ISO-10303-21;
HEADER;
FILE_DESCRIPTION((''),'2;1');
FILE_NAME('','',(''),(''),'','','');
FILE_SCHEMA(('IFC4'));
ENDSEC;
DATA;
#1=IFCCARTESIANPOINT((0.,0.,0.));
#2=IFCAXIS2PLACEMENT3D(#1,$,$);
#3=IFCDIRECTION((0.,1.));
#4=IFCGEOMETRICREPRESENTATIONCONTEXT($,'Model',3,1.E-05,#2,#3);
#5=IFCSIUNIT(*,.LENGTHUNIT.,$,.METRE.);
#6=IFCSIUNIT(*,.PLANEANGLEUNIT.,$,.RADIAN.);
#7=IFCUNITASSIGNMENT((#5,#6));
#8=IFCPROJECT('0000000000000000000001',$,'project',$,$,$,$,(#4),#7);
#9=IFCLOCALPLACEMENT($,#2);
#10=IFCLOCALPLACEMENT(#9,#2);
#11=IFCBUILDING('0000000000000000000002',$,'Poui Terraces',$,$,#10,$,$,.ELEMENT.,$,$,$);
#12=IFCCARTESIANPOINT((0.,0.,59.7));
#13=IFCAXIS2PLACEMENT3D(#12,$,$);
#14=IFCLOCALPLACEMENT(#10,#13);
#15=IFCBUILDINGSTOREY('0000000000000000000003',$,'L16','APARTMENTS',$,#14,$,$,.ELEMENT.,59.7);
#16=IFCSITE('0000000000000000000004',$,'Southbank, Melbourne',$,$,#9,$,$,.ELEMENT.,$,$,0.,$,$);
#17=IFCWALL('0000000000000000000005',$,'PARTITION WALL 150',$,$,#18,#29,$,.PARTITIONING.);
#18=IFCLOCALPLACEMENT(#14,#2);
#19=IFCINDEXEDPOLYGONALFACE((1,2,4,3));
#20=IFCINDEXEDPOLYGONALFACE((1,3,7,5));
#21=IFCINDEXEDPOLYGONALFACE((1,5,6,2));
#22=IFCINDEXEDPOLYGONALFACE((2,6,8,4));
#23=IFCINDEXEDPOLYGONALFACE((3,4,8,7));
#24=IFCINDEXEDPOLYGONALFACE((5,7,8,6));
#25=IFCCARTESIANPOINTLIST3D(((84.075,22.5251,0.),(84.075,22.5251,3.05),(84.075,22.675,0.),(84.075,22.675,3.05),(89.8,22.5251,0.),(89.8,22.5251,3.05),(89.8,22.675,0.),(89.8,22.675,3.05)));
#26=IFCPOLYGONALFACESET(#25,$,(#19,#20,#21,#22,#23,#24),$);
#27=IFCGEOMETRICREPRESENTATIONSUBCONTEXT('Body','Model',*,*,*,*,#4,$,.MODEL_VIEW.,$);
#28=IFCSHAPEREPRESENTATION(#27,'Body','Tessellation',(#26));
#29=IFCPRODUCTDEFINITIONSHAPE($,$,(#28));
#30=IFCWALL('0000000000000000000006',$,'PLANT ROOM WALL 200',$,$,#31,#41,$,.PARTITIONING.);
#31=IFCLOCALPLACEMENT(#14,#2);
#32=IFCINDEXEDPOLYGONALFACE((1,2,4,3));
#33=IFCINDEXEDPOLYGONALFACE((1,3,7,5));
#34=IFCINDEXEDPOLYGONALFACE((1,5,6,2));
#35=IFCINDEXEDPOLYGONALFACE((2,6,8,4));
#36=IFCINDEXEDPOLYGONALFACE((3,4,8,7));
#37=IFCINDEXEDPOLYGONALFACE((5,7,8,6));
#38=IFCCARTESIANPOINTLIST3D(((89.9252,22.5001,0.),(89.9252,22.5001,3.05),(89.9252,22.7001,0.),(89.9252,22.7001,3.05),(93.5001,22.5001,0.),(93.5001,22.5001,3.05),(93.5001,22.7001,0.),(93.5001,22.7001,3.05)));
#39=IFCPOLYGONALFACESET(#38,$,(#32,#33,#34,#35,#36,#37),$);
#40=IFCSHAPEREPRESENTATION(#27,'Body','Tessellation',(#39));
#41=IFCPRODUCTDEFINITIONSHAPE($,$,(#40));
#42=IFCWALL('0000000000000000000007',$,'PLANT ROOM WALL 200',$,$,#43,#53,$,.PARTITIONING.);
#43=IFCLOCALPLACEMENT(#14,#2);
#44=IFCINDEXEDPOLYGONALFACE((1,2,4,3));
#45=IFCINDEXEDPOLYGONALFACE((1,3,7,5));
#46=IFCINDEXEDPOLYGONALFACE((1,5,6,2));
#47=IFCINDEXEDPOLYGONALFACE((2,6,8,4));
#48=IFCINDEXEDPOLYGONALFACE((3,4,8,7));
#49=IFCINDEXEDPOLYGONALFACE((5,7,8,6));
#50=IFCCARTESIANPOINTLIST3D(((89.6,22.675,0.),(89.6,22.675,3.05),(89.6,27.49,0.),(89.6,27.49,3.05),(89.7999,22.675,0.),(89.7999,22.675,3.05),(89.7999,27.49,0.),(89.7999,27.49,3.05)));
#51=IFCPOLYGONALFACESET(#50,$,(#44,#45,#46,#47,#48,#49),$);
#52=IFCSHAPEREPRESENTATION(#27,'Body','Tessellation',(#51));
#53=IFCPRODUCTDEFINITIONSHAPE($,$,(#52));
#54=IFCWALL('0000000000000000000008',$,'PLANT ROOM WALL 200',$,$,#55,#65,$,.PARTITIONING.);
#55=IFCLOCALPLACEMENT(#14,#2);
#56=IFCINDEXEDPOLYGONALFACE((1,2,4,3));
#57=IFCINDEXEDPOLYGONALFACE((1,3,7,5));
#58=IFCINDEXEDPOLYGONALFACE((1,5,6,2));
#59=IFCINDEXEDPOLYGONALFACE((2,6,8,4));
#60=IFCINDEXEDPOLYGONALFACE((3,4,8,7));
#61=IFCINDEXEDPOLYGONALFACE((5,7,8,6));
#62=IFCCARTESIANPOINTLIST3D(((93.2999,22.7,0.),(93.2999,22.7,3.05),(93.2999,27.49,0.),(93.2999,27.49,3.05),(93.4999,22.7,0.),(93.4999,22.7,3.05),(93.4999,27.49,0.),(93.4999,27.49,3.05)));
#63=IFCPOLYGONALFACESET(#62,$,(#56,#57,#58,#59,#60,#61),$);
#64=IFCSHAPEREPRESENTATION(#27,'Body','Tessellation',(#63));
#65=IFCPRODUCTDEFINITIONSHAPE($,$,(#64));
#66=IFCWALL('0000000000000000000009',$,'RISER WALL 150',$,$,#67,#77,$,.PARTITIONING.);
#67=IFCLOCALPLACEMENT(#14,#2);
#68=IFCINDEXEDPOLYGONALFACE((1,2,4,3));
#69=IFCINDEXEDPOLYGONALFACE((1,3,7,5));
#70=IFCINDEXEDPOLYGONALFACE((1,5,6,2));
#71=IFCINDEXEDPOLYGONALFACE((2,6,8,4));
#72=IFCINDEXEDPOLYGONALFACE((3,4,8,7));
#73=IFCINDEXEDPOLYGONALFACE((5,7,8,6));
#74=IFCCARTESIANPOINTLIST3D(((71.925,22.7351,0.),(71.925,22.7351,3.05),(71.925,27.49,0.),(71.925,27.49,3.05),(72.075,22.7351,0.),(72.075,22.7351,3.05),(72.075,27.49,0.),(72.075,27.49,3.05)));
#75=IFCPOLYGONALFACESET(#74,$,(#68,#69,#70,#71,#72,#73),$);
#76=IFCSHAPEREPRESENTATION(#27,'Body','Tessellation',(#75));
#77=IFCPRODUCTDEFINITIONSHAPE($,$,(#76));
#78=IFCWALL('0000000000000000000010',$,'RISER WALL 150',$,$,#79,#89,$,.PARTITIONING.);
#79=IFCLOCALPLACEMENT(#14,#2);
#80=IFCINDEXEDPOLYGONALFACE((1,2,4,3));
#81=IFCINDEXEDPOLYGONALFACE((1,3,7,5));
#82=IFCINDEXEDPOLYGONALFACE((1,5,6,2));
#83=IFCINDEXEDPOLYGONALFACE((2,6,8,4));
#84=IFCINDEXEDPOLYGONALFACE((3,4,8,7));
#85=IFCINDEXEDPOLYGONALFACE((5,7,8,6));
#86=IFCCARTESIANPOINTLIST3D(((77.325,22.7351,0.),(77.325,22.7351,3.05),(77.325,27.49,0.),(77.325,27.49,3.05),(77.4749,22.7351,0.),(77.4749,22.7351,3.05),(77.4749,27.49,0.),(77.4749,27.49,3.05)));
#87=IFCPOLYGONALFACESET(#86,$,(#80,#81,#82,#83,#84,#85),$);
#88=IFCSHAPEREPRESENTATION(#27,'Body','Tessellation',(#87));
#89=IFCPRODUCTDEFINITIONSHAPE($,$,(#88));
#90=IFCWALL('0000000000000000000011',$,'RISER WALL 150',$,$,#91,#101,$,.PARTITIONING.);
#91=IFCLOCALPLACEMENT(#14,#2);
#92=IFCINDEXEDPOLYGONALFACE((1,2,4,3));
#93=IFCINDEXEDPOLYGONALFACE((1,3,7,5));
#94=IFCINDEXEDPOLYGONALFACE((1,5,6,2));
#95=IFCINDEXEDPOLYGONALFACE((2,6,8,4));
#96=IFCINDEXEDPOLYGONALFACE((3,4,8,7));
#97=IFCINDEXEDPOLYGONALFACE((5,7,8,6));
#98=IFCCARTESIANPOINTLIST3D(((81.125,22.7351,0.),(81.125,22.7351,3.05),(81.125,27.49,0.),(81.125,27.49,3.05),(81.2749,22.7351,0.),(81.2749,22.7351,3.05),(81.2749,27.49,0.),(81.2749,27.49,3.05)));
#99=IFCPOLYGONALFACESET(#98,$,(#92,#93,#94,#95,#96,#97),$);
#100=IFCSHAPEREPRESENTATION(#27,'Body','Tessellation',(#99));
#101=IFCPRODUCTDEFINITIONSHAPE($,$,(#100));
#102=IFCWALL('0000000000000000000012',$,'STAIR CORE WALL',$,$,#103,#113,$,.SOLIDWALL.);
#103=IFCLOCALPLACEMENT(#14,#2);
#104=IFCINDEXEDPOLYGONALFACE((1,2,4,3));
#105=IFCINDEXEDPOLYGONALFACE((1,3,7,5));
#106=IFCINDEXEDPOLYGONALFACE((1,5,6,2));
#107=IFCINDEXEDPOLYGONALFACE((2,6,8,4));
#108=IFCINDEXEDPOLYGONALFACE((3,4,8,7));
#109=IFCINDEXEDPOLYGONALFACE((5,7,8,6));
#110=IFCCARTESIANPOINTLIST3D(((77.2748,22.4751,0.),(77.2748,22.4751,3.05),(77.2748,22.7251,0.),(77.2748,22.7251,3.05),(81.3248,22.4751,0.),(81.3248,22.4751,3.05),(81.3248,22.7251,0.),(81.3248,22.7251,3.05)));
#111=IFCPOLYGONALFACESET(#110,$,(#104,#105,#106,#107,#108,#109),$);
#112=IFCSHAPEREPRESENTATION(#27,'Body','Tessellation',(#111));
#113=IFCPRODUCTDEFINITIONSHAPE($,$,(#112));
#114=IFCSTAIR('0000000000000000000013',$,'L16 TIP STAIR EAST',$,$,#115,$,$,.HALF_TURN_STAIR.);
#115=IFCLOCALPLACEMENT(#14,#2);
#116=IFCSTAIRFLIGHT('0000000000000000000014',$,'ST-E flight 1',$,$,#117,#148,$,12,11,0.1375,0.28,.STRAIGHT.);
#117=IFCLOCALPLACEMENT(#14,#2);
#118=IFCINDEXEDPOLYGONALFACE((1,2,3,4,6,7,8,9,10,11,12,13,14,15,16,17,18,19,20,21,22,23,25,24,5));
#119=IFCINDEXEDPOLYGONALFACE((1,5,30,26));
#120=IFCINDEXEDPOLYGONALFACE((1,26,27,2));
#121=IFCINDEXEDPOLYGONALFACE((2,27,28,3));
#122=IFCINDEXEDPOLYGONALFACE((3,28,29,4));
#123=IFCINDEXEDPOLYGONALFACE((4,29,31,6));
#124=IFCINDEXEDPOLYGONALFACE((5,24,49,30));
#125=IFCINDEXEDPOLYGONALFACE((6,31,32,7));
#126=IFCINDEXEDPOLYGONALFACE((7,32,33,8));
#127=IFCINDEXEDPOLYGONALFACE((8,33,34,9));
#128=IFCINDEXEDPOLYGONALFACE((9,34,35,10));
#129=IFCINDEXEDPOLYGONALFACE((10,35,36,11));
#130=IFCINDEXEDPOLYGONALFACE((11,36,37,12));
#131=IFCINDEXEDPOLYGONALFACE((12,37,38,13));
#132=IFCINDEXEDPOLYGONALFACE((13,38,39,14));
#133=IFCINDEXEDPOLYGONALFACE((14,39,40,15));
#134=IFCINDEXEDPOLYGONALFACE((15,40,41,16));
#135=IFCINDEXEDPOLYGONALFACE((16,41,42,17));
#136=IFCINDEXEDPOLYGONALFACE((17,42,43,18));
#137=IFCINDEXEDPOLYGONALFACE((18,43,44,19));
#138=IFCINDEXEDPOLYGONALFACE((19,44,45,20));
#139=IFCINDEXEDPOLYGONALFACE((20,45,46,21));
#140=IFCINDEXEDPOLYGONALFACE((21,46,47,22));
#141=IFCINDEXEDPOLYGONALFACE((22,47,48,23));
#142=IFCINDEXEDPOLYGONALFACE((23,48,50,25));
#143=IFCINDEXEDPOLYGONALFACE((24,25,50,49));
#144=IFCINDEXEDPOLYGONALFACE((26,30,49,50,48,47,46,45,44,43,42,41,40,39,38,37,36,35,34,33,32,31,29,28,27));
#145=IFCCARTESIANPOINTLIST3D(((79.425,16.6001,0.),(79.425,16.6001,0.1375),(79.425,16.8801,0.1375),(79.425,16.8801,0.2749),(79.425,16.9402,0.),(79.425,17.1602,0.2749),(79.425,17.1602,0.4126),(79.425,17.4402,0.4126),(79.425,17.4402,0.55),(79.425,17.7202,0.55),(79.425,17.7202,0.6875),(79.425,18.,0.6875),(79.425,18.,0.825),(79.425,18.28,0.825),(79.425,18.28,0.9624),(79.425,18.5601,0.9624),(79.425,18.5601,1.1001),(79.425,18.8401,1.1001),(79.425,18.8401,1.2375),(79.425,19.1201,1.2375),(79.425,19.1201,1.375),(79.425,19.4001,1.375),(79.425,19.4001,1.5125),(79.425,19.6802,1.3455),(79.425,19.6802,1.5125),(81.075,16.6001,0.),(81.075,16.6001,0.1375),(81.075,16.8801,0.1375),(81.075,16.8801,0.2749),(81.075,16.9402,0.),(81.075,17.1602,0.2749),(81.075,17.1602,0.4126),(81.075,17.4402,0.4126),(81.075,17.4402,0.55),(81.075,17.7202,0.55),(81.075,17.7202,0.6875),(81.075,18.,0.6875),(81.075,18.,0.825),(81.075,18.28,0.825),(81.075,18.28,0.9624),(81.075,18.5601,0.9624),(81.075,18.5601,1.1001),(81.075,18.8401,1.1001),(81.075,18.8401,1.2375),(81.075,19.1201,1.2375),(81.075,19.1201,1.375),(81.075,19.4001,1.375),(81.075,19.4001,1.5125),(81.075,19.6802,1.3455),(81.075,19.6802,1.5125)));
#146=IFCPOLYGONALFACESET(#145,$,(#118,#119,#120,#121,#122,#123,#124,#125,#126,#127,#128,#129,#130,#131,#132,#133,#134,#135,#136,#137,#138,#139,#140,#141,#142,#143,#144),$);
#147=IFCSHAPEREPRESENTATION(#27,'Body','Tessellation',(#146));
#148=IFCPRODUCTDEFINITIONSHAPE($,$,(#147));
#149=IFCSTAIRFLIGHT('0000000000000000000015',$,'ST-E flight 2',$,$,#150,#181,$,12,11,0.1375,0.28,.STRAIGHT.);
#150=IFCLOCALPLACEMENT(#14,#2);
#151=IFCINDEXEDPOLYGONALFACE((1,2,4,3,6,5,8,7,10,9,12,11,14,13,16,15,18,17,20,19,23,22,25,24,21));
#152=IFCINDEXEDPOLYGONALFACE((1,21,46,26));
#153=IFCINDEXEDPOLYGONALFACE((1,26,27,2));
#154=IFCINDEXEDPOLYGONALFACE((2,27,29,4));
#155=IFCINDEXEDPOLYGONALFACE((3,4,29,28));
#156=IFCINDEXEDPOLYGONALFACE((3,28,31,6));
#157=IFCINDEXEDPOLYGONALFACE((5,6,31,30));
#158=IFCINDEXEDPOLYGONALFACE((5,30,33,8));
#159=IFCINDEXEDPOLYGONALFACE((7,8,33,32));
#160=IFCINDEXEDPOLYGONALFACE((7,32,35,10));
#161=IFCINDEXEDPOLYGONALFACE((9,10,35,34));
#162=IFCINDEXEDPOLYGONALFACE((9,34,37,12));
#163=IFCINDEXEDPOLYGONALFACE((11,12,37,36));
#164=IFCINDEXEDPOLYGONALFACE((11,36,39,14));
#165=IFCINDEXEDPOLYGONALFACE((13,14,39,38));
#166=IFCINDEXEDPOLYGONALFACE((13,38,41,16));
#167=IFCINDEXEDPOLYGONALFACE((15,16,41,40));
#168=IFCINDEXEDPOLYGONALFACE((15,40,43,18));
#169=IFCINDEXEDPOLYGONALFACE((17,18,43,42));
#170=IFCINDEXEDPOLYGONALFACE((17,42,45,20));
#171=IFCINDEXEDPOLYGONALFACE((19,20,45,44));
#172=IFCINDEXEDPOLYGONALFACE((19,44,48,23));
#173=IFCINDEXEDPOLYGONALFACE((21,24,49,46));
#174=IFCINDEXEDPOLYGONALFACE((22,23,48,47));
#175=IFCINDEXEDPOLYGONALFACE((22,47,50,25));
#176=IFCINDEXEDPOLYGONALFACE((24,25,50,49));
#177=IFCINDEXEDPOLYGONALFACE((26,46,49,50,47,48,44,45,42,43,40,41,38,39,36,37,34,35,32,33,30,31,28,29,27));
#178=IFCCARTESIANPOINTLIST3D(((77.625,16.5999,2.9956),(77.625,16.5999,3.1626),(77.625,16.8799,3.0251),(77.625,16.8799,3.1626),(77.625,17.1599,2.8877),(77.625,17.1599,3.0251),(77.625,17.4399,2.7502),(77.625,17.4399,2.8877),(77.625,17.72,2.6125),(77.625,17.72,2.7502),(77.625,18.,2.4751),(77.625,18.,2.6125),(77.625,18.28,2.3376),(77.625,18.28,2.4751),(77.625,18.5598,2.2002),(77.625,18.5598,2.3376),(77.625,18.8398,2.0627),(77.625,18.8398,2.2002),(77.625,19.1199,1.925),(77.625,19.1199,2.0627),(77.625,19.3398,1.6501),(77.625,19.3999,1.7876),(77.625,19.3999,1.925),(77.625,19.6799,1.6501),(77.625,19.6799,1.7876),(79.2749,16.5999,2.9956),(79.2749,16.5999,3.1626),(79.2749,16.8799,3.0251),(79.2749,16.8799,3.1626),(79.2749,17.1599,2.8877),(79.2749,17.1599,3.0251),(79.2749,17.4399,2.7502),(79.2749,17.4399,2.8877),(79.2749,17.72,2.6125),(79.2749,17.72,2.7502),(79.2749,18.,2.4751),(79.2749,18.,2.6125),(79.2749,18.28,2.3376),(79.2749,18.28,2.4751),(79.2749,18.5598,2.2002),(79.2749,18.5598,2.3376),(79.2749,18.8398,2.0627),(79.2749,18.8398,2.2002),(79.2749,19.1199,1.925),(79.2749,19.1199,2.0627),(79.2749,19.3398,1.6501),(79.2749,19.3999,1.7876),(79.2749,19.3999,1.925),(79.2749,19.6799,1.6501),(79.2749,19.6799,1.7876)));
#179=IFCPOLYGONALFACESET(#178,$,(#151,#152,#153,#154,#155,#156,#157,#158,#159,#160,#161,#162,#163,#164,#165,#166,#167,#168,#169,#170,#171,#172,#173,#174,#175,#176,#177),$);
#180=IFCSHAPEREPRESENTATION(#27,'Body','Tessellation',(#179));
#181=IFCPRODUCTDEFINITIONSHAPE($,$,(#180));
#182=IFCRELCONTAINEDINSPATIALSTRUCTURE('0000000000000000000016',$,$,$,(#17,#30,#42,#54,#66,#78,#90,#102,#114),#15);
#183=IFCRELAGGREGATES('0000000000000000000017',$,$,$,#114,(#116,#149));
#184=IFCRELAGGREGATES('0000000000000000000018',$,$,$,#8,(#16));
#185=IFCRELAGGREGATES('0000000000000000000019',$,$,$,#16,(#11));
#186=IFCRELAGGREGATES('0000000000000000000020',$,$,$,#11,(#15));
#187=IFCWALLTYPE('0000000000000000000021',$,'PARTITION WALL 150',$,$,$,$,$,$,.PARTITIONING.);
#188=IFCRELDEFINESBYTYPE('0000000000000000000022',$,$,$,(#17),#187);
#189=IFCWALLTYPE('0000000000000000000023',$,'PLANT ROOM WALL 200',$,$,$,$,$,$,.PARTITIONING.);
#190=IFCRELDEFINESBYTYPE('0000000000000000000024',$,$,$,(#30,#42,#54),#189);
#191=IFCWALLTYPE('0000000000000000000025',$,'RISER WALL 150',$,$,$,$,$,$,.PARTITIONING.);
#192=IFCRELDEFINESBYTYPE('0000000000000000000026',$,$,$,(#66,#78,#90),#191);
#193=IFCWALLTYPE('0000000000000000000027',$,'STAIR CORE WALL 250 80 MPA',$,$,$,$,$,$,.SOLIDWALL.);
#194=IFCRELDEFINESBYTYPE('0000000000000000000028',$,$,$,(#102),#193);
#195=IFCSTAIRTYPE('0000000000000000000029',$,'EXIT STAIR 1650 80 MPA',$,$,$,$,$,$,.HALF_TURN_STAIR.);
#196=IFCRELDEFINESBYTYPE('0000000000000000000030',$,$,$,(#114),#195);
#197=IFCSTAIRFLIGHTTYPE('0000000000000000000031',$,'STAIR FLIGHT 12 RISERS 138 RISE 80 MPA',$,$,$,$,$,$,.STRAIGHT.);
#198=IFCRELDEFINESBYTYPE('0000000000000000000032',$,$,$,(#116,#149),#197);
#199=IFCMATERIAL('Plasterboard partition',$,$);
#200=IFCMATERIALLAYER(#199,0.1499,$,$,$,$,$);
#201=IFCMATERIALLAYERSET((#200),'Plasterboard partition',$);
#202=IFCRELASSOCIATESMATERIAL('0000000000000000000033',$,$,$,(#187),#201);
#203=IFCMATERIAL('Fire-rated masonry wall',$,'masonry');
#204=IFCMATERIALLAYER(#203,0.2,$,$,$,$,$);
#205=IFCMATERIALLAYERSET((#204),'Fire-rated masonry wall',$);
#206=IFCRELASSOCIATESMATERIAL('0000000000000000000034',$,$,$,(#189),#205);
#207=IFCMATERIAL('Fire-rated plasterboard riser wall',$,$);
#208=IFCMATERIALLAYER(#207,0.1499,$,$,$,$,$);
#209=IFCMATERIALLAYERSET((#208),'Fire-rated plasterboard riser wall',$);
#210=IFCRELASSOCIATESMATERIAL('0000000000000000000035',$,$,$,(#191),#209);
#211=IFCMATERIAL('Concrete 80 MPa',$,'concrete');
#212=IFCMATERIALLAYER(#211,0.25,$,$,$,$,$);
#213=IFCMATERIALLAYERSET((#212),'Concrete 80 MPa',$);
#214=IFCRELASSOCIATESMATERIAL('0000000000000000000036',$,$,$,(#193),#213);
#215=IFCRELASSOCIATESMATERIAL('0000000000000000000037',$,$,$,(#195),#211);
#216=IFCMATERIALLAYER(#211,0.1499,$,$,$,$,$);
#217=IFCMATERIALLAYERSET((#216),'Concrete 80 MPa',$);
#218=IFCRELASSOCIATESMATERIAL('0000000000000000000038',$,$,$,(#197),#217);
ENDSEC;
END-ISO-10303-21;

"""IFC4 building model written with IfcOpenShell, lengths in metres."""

from ifc_helpers import new_model, si_unit, direction, frame, frame_2d, origin, place, context, subcontext, project, spatial, polyline, rectangle, outline, extrude, material, layer, layer_set, type_object, element, aggregate, save


model = new_model("IFC4")

# Units and contexts
model_context = context("Model", 3, precision=1e-05, world=origin(), true_north=direction((0.0, 1.0)))
body_context = subcontext(model_context, "Body", "Model", "MODEL_VIEW")
ifc_project = project(units=[si_unit("LENGTHUNIT", "METRE"), si_unit("PLANEANGLEUNIT", "RADIAN")], contexts=[model_context])

# Site, building, storey
site_placement = place(None, origin())
site = spatial("IfcSite", under=ifc_project, at=site_placement, Name="Southbank, Melbourne", CompositionType="ELEMENT", RefElevation=0.0)
building_placement = place(site_placement, origin())
building = spatial("IfcBuilding", under=site, at=building_placement, Name="Poui Terraces", CompositionType="ELEMENT")
storey_placement = place(building_placement, frame((0.0, 0.0, 59.7)))
storey = spatial("IfcBuildingStorey", under=building, at=storey_placement, Name="L16", Description="APARTMENTS", CompositionType="ELEMENT", Elevation=59.7)

# Shared definitions
ifc_material_1 = material(Name="Concrete 80 MPa", Category="concrete")

# Walls
ifc_material_2 = material(Name="Plasterboard partition")
ifc_layer_1 = layer(ifc_material_2, 0.1499)
ifc_layer_set_1 = layer_set([ifc_layer_1], Name="Plasterboard partition")
wall_type_1 = type_object("IfcWallType", Name="PARTITION WALL 150", PredefinedType="PARTITIONING", material=ifc_layer_set_1)
wall_1_placement = place(storey_placement, frame((84.075, 22.6001, 0.0), z_axis=(0.0, 0.0, 1.0), x_axis=(1.0, 0.0, 0.0)))
element("IfcWall", 1, at=wall_1_placement, inside=storey, type_object=wall_type_1, Name="PARTITION WALL 150", PredefinedType="PARTITIONING", context=body_context, shape_type="SweptSolid", body=[
    extrude(rectangle(XDim=5.7251, YDim=0.1499, at=frame_2d((2.8625, 0.0))), origin(), (0.0, 0.0, 1.0), 3.05),
])
ifc_material_3 = material(Name="Fire-rated masonry wall", Category="masonry")
ifc_layer_2 = layer(ifc_material_3, 0.2)
ifc_layer_set_2 = layer_set([ifc_layer_2], Name="Fire-rated masonry wall")
wall_type_2 = type_object("IfcWallType", Name="PLANT ROOM WALL 200", PredefinedType="PARTITIONING", material=ifc_layer_set_2)
wall_2_placement = place(storey_placement, frame((89.925, 22.6001, 0.0), z_axis=(0.0, 0.0, 1.0), x_axis=(1.0, 0.0, 0.0)))
element("IfcWall", 2, at=wall_2_placement, inside=storey, type_object=wall_type_2, Name="PLANT ROOM WALL 200", PredefinedType="PARTITIONING", context=body_context, shape_type="SweptSolid", body=[
    extrude(rectangle(XDim=3.575, YDim=0.2, at=frame_2d((1.7876, 0.0))), origin(), (0.0, 0.0, 1.0), 3.05),
])
wall_3_placement = place(storey_placement, frame((89.7, 22.675, 0.0), z_axis=(0.0, 0.0, 1.0), x_axis=(0.0, 1.0, 0.0)))
element("IfcWall", 3, at=wall_3_placement, inside=storey, type_object=wall_type_2, Name="PLANT ROOM WALL 200", PredefinedType="PARTITIONING", context=body_context, shape_type="SweptSolid", body=[
    extrude(rectangle(XDim=4.8149, YDim=0.2, at=frame_2d((2.4075, 0.0))), origin(), (0.0, 0.0, 1.0), 3.05),
])
wall_4_placement = place(storey_placement, frame((93.3999, 22.7, 0.0), z_axis=(0.0, 0.0, 1.0), x_axis=(0.0, 1.0, 0.0)))
element("IfcWall", 4, at=wall_4_placement, inside=storey, type_object=wall_type_2, Name="PLANT ROOM WALL 200", PredefinedType="PARTITIONING", context=body_context, shape_type="SweptSolid", body=[
    extrude(rectangle(XDim=4.79, YDim=0.2, at=frame_2d((2.395, 0.0))), origin(), (0.0, 0.0, 1.0), 3.05),
])
ifc_material_4 = material(Name="Fire-rated plasterboard riser wall")
ifc_layer_3 = layer(ifc_material_4, 0.1499)
ifc_layer_set_3 = layer_set([ifc_layer_3], Name="Fire-rated plasterboard riser wall")
wall_type_3 = type_object("IfcWallType", Name="RISER WALL 150", PredefinedType="PARTITIONING", material=ifc_layer_set_3)
for number, where, z_axis, x_axis, name in (
    (5, (72.0, 22.7351, 0.0), (0.0, 0.0, 1.0), (0.0, 1.0, 0.0), "RISER WALL 150"),
    (6, (77.3999, 22.7351, 0.0), (0.0, 0.0, 1.0), (0.0, 1.0, 0.0), "RISER WALL 150"),
    (7, (81.2, 22.7351, 0.0), (0.0, 0.0, 1.0), (0.0, 1.0, 0.0), "RISER WALL 150"),
):
    element("IfcWall", number, at=place(storey_placement, frame(where, z_axis=z_axis, x_axis=x_axis)), inside=storey, type_object=wall_type_3, Name=name, PredefinedType="PARTITIONING", context=body_context, shape_type="SweptSolid", body=[
        extrude(rectangle(XDim=4.7549, YDim=0.1499, at=frame_2d((2.3774, 0.0))), origin(), (0.0, 0.0, 1.0), 3.05),
    ])
ifc_layer_4 = layer(ifc_material_1, 0.25)
ifc_layer_set_4 = layer_set([ifc_layer_4], Name="Concrete 80 MPa")
wall_type_4 = type_object("IfcWallType", Name="STAIR CORE WALL 250 80 MPA", PredefinedType="SOLIDWALL", material=ifc_layer_set_4)
wall_5_placement = place(storey_placement, frame((77.2749, 22.6001, 0.0), z_axis=(0.0, 0.0, 1.0), x_axis=(1.0, 0.0, 0.0)))
element("IfcWall", 8, at=wall_5_placement, inside=storey, type_object=wall_type_4, Name="STAIR CORE WALL", PredefinedType="SOLIDWALL", context=body_context, shape_type="SweptSolid", body=[
    extrude(rectangle(XDim=4.05, YDim=0.25, at=frame_2d((2.0249, 0.0))), origin(), (0.0, 0.0, 1.0), 3.05),
])

# Stair, stair flights
stair_type = type_object("IfcStairType", Name="EXIT STAIR 1650 80 MPA", PredefinedType="HALF_TURN_STAIR", material=ifc_material_1)
stair_placement = place(storey_placement, origin())
stair = element("IfcStair", 9, at=stair_placement, inside=storey, type_object=stair_type, Name="L16 TIP STAIR EAST", PredefinedType="HALF_TURN_STAIR")
ifc_layer_5 = layer(ifc_material_1, 0.1499)
ifc_layer_set_5 = layer_set([ifc_layer_5], Name="Concrete 80 MPa")
stair_flight_type = type_object("IfcStairFlightType", Name="STAIR FLIGHT 12 RISERS 138 RISE 80 MPA", PredefinedType="STRAIGHT", material=ifc_layer_set_5)
stair_flight_1_placement = place(storey_placement, frame((80.25, 16.6001, 0.0), z_axis=(0.0, 0.0, 1.0), x_axis=(0.0, 1.0, 0.0)))
stair_flight_1 = element("IfcStairFlight", 10, at=stair_flight_1_placement, type_object=stair_flight_type, Name="ST-E flight 1", NumberOfRisers=12, NumberOfTreads=11, PredefinedType="STRAIGHT", RiserHeight=0.1375, TreadLength=0.28, context=body_context, shape_type="SweptSolid", body=[
    extrude(outline(polyline([(0.0, 0.0), (0.0, 0.1375), (0.28, 0.1375), (0.28, 0.2749), (0.5601, 0.2749), (0.5601, 0.4126), (0.8401, 0.4126), (0.8401, 0.55), (1.1201, 0.55), (1.1201, 0.6875), (1.3999, 0.6875), (1.3999, 0.825), (1.6799, 0.825), (1.6799, 0.9624), (1.96, 0.9624), (1.96, 1.1001), (2.24, 1.1001), (2.24, 1.2375), (2.52, 1.2375), (2.52, 1.375), (2.8, 1.375), (2.8, 1.5125), (3.0801, 1.5125), (3.0801, 1.6499), (3.0801, 1.3455), (0.3401, 0.0), (0.0, 0.0)])), frame((0.0, 0.825, 0.0), z_axis=(0.0, -1.0, 0.0), x_axis=(1.0, 0.0, 0.0)), (0.0, 0.0, 1.0), 1.6499),
])
stair_flight_2_placement = place(storey_placement, frame((78.45, 19.6799, 1.6501), z_axis=(0.0, 0.0, 1.0), x_axis=(0.0, -1.0, 0.0)))
stair_flight_2 = element("IfcStairFlight", 11, at=stair_flight_2_placement, type_object=stair_flight_type, Name="ST-E flight 2", NumberOfRisers=12, NumberOfTreads=11, PredefinedType="STRAIGHT", RiserHeight=0.1375, TreadLength=0.28, context=body_context, shape_type="SweptSolid", body=[
    extrude(outline(polyline([(0.0, 0.0), (0.0, 0.1375), (0.28, 0.1375), (0.28, 0.2749), (0.5601, 0.2749), (0.5601, 0.4126), (0.8401, 0.4126), (0.8401, 0.55), (1.1201, 0.55), (1.1201, 0.6875), (1.3999, 0.6875), (1.3999, 0.825), (1.6799, 0.825), (1.6799, 0.9624), (1.96, 0.9624), (1.96, 1.1001), (2.24, 1.1001), (2.24, 1.2375), (2.52, 1.2375), (2.52, 1.375), (2.8, 1.375), (2.8, 1.5125), (3.0801, 1.5125), (3.0801, 1.6499), (3.0801, 1.3455), (0.3401, 0.0), (0.0, 0.0)])), frame((0.0, 0.825, 0.0), z_axis=(0.0, -1.0, 0.0), x_axis=(1.0, 0.0, 0.0)), (0.0, 0.0, 1.0), 1.6499),
])
aggregate(stair, [stair_flight_1, stair_flight_2])

save(model, "model.ifc")
